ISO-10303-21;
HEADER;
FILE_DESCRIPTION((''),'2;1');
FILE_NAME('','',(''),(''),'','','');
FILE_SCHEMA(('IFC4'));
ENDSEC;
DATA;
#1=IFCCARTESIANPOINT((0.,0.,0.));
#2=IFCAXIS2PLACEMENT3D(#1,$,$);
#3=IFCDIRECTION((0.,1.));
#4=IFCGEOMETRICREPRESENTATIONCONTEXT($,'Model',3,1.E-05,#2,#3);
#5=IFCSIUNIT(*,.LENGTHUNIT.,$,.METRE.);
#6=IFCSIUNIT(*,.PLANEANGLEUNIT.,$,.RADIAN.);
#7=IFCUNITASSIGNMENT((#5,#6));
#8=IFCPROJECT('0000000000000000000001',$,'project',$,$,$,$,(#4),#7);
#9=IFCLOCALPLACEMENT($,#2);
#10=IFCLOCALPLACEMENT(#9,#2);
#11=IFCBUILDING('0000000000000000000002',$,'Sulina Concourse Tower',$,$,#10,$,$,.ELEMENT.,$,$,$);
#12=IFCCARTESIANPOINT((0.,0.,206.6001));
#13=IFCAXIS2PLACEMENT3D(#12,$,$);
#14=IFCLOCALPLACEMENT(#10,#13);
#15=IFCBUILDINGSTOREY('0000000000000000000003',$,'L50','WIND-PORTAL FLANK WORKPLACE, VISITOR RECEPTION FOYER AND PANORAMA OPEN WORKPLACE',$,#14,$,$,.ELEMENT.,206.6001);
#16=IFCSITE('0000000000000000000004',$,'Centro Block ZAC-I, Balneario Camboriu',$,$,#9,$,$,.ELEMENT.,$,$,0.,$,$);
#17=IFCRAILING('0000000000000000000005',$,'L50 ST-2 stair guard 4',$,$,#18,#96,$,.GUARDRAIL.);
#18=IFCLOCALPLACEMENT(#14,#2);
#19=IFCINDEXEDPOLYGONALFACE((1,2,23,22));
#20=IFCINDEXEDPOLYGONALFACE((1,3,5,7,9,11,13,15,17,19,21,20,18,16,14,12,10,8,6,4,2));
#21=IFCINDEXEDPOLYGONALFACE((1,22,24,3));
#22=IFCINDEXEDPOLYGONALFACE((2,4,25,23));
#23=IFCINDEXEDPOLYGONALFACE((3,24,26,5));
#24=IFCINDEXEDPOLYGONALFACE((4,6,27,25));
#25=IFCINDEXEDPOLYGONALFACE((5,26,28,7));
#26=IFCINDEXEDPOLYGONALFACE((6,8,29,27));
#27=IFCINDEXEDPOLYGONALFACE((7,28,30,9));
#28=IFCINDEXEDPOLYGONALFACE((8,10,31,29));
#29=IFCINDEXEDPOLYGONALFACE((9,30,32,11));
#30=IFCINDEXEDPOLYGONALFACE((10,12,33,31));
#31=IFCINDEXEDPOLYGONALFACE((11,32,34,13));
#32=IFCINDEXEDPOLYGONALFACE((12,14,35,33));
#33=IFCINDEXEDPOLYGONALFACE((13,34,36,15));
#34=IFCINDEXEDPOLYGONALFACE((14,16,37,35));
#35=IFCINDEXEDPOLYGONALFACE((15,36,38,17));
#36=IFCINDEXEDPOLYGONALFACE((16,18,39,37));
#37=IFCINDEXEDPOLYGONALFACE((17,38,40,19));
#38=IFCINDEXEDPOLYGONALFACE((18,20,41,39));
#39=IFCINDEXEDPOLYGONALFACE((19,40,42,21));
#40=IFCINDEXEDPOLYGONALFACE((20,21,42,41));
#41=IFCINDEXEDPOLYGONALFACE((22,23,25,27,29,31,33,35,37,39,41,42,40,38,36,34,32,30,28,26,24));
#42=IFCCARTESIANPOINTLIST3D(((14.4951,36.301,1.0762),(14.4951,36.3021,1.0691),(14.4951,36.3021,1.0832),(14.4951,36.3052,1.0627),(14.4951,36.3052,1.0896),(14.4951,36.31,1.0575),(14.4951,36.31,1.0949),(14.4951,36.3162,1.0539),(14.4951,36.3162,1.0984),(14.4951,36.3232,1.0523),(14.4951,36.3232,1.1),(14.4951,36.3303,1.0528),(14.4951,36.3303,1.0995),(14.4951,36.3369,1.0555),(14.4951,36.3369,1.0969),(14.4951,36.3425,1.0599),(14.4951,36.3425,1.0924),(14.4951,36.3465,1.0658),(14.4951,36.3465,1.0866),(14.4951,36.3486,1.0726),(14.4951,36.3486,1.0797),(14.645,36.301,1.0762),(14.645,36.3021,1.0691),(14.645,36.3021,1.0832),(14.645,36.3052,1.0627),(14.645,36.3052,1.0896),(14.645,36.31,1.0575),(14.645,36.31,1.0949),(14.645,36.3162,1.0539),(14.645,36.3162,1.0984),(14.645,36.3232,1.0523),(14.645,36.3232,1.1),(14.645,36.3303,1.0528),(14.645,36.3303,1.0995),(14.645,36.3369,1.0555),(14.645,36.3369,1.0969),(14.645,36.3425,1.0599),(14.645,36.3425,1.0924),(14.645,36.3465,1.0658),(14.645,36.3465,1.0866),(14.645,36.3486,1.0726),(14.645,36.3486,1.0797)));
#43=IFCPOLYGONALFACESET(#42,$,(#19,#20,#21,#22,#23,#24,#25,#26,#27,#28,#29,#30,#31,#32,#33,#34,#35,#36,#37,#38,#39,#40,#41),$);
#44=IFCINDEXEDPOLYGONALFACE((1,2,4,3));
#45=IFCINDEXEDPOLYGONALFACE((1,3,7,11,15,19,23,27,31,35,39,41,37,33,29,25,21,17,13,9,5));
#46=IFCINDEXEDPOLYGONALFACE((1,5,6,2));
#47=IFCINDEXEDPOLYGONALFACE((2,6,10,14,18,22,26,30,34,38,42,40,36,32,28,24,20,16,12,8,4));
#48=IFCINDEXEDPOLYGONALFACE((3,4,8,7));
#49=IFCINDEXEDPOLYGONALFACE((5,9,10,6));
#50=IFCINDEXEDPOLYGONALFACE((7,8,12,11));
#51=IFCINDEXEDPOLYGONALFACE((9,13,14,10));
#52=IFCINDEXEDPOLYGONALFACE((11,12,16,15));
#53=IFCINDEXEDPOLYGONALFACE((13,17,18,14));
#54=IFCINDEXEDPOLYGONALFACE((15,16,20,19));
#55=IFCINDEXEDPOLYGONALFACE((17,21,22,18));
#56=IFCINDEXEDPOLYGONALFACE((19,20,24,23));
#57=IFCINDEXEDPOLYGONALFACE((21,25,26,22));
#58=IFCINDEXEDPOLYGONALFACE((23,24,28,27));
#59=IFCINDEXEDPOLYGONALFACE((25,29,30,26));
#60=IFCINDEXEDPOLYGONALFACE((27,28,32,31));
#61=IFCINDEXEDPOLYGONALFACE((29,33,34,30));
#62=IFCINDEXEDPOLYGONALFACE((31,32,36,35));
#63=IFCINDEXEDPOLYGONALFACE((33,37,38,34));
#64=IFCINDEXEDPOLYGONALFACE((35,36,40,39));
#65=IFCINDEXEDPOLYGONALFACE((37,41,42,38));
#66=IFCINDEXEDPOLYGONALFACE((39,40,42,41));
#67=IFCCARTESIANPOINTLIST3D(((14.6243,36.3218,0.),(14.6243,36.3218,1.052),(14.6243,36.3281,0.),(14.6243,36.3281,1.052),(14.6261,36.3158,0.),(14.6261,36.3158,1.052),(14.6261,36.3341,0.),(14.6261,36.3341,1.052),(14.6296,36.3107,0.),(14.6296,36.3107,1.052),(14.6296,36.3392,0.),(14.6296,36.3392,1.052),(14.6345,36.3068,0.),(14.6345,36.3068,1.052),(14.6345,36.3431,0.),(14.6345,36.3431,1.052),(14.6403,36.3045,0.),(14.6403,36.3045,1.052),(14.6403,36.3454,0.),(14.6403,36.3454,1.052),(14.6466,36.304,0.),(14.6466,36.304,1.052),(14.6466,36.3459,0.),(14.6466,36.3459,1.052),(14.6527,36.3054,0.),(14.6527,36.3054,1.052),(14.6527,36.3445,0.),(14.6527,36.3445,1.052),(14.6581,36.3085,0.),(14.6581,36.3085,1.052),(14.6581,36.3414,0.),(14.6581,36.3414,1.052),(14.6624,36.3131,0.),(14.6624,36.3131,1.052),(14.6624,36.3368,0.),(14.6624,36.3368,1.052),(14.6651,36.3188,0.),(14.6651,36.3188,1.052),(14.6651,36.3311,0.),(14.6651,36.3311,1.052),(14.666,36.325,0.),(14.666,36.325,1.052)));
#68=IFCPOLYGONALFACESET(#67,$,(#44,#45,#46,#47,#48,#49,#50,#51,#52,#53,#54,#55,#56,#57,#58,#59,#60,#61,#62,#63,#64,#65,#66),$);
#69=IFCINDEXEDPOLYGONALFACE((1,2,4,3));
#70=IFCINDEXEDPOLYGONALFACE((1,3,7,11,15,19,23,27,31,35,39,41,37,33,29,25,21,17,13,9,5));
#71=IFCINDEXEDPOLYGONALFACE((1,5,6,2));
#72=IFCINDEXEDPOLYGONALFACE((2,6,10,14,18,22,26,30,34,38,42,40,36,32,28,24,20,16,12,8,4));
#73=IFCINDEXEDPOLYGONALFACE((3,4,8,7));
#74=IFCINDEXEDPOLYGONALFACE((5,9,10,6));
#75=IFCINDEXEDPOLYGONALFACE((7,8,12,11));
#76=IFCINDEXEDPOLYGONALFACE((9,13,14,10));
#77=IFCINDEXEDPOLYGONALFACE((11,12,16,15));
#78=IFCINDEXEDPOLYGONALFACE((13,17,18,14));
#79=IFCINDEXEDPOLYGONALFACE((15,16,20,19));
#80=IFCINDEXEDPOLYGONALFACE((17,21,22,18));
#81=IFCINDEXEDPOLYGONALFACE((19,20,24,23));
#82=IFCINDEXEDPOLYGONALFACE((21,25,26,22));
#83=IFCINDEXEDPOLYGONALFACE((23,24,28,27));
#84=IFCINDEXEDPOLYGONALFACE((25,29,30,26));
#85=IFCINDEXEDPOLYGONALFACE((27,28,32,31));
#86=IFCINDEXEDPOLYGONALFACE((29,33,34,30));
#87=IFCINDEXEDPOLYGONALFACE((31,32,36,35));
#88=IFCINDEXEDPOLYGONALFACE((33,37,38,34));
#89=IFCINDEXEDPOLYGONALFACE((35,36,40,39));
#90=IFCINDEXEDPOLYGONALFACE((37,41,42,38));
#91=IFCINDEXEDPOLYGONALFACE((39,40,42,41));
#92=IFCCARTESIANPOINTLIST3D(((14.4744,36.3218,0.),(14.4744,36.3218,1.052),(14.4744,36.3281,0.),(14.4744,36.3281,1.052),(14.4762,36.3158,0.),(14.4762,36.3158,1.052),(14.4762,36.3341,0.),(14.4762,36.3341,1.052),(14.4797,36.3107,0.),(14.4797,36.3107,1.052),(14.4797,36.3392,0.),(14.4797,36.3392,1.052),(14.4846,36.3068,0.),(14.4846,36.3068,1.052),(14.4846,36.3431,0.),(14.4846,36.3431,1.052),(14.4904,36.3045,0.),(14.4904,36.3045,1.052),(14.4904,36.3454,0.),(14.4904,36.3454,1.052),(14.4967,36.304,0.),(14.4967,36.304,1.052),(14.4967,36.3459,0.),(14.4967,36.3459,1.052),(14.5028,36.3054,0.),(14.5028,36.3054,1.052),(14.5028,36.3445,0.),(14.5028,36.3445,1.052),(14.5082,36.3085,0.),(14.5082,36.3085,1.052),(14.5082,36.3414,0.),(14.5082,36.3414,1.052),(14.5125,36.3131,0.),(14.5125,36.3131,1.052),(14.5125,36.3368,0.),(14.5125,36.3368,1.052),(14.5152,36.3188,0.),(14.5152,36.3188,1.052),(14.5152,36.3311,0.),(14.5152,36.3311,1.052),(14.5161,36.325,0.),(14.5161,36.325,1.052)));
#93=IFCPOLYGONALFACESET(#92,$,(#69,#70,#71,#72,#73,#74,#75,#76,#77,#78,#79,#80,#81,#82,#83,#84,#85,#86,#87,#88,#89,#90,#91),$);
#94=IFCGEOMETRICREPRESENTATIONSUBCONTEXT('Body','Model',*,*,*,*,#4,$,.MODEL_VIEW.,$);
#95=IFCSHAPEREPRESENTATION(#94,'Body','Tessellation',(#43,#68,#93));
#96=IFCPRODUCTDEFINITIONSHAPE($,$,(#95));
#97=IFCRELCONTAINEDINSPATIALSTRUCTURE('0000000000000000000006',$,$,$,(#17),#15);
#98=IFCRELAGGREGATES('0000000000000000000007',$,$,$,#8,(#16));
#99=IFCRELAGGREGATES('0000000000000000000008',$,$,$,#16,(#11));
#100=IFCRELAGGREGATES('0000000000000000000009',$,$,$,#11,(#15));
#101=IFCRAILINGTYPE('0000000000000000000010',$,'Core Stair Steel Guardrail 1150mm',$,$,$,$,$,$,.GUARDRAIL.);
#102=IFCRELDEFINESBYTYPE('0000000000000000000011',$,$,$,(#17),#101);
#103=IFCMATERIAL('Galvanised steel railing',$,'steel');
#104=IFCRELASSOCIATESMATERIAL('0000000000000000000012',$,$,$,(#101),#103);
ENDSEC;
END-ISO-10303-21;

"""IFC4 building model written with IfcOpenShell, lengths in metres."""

from ifc_helpers import new_model, si_unit, direction, frame, origin, origin_2d, place, context, subcontext, project, spatial, circle, extrude, material, type_object, element, save


model = new_model("IFC4")

# Units and contexts
model_context = context("Model", 3, precision=1e-05, world=origin(), true_north=direction((0.0, 1.0)))
body_context = subcontext(model_context, "Body", "Model", "MODEL_VIEW")
ifc_project = project(units=[si_unit("LENGTHUNIT", "METRE"), si_unit("PLANEANGLEUNIT", "RADIAN")], contexts=[model_context])

# Site, building, storey
site_placement = place(None, origin())
site = spatial("IfcSite", under=ifc_project, at=site_placement, Name="Centro Block ZAC-I, Balneario Camboriu", CompositionType="ELEMENT", RefElevation=0.0)
building_placement = place(site_placement, origin())
building = spatial("IfcBuilding", under=site, at=building_placement, Name="Sulina Concourse Tower", CompositionType="ELEMENT")
storey_placement = place(building_placement, frame((0.0, 0.0, 206.6001)))
storey = spatial("IfcBuildingStorey", under=building, at=storey_placement, Name="L50", Description="WIND-PORTAL FLANK WORKPLACE, VISITOR RECEPTION FOYER AND PANORAMA OPEN WORKPLACE", CompositionType="ELEMENT", Elevation=206.6001)

# Railing
ifc_material_1 = material(Name="Galvanised steel railing", Category="steel")
railing_type_1 = type_object("IfcRailingType", Name="Core Stair Steel Guardrail 1150mm", PredefinedType="GUARDRAIL", material=ifc_material_1)
railing_1_placement = place(storey_placement, frame((14.645, 36.325, 0.0)))
element("IfcRailing", 1, at=railing_1_placement, inside=storey, type_object=railing_type_1, Name="L50 ST-2 stair guard 4", PredefinedType="GUARDRAIL", context=body_context, shape_type="SweptSolid", body=[
    extrude(circle(Radius=0.0239, at=origin_2d()), frame((0.0, 0.0, 1.0762), z_axis=(-1.0, 0.0, 0.0), x_axis=(0.0, -1.0, 0.0)), (0.0, 0.0, 1.0), 0.1499),
    extrude(circle(Radius=0.021, at=origin_2d()), origin(), (0.0, 0.0, 1.0), 1.052),
    extrude(circle(Radius=0.021, at=origin_2d()), frame((-0.1499, 0.0, 0.0)), (0.0, 0.0, 1.0), 1.052),
])

save(model, "model.ifc")
